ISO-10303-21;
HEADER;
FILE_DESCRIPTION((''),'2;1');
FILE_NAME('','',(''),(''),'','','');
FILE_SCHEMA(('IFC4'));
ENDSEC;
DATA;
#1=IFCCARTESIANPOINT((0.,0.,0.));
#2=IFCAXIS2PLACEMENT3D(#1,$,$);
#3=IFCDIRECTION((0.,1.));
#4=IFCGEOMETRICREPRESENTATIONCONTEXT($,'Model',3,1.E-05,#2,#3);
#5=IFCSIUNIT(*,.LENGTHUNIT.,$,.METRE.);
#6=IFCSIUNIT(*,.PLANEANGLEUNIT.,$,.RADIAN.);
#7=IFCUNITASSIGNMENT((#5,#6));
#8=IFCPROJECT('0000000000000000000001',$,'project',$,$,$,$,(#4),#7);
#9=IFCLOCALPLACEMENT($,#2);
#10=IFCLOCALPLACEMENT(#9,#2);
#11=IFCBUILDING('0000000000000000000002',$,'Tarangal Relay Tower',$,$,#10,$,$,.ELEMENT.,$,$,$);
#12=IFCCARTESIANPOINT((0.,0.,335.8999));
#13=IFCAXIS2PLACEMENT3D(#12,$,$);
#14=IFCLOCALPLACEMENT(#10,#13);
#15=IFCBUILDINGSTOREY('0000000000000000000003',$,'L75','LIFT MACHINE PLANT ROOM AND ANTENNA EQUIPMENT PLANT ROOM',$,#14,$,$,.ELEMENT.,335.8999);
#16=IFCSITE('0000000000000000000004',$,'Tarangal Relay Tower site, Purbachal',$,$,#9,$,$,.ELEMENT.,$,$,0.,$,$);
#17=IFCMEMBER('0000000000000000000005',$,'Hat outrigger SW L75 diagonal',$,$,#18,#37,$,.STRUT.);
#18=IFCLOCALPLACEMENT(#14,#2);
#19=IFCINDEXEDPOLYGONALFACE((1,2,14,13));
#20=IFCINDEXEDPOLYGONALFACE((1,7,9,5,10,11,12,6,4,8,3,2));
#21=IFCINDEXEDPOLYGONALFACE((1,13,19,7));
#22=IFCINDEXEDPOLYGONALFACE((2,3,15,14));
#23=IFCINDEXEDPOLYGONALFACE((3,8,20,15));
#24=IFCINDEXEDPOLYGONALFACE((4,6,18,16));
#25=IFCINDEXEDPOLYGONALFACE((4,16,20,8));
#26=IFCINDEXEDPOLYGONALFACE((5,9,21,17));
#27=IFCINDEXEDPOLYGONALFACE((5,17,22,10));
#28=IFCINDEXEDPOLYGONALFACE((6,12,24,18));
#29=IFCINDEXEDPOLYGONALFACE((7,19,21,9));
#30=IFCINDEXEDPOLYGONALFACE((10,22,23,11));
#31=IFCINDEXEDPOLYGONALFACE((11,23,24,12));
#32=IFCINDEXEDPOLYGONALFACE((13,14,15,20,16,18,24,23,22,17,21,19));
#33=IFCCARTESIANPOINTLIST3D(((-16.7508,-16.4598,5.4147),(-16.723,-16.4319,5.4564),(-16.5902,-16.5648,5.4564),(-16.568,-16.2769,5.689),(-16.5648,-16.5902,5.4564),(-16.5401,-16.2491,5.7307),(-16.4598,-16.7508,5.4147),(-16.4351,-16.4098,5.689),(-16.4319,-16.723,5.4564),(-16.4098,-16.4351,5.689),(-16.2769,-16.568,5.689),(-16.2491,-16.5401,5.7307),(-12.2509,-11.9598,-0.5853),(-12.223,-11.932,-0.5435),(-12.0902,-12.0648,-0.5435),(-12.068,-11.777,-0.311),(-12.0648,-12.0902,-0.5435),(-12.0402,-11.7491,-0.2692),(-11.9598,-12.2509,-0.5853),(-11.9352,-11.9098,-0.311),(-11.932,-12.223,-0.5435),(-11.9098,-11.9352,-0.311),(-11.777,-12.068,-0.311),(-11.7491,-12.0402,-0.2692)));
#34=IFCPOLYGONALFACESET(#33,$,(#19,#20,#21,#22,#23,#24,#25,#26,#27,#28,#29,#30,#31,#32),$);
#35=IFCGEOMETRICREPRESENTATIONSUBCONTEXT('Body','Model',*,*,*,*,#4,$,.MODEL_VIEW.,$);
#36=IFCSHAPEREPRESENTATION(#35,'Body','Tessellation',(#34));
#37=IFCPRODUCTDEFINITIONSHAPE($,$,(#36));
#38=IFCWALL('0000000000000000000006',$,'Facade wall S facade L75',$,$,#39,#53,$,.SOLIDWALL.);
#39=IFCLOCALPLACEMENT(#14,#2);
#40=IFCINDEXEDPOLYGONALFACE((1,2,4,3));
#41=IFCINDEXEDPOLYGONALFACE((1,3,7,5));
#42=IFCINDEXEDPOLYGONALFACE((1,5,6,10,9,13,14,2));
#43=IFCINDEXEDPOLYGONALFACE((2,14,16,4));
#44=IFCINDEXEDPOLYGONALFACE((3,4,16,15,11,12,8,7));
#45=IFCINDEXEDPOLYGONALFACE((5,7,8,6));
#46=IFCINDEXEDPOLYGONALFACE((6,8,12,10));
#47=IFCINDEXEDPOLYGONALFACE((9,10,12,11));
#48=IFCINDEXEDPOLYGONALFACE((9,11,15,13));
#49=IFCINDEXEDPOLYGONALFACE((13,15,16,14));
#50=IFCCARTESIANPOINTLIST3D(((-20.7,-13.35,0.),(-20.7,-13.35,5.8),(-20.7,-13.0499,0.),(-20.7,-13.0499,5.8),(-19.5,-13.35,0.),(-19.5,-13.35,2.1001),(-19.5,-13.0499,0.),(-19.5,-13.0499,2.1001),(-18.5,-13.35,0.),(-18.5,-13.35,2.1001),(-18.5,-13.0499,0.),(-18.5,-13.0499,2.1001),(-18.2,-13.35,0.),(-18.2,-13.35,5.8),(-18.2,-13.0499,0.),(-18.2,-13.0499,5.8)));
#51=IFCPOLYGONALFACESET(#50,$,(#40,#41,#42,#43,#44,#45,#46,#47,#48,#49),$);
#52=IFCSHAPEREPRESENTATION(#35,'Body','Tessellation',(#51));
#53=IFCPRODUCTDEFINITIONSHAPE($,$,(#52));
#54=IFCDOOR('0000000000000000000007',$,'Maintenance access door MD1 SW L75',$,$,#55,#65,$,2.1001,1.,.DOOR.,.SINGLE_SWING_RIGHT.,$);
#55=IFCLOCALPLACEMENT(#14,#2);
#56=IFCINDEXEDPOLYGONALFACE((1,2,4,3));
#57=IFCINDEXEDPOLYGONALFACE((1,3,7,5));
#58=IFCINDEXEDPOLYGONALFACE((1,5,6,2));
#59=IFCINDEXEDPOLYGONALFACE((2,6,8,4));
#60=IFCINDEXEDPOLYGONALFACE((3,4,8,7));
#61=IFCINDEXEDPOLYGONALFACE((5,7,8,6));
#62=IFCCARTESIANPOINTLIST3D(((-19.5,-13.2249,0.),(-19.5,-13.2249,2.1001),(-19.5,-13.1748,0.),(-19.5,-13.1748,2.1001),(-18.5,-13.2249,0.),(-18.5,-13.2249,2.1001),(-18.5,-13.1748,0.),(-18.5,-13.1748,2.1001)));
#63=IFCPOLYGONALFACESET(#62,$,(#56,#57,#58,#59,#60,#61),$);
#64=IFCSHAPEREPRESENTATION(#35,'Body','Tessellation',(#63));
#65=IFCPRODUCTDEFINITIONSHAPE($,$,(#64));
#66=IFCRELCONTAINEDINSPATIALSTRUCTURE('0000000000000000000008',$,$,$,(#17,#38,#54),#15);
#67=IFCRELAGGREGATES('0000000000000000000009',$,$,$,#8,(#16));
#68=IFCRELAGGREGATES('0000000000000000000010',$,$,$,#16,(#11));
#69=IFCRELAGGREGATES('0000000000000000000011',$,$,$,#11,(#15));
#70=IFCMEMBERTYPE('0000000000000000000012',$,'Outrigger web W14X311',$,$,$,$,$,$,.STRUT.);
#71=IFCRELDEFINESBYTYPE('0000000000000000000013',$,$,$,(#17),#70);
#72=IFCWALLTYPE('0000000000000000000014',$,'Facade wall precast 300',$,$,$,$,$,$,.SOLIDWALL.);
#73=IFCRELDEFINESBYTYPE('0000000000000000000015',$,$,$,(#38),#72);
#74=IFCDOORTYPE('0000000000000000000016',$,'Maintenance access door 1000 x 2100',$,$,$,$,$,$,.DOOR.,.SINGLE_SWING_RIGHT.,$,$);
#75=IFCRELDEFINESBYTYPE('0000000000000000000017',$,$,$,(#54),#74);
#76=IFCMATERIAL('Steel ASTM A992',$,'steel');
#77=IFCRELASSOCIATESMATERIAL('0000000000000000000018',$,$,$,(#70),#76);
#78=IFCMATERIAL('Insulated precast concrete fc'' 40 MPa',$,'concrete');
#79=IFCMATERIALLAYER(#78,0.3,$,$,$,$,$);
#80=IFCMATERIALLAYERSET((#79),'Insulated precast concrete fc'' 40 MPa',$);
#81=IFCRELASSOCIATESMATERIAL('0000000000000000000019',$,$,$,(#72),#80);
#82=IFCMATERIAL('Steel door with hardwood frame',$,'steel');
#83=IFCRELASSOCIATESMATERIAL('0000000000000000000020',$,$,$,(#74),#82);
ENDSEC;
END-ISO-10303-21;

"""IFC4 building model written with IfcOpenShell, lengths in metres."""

from ifc_helpers import new_model, si_unit, direction, frame, frame_2d, origin, origin_2d, place, context, subcontext, project, spatial, rectangle, i_section, extrude, material, layer, layer_set, material_profile, profile_set, type_object, element, fill, save


model = new_model("IFC4")

# Units and contexts
model_context = context("Model", 3, precision=1e-05, world=origin(), true_north=direction((0.0, 1.0)))
body_context = subcontext(model_context, "Body", "Model", "MODEL_VIEW")
ifc_project = project(units=[si_unit("LENGTHUNIT", "METRE"), si_unit("PLANEANGLEUNIT", "RADIAN")], contexts=[model_context])

# Site, building, storey
site_placement = place(None, origin())
site = spatial("IfcSite", under=ifc_project, at=site_placement, Name="Tarangal Relay Tower site, Purbachal", CompositionType="ELEMENT", RefElevation=0.0)
building_placement = place(site_placement, origin())
building = spatial("IfcBuilding", under=site, at=building_placement, Name="Tarangal Relay Tower", CompositionType="ELEMENT")
storey_placement = place(building_placement, frame((0.0, 0.0, 335.8999)))
storey = spatial("IfcBuildingStorey", under=building, at=storey_placement, Name="L75", Description="LIFT MACHINE PLANT ROOM AND ANTENNA EQUIPMENT PLANT ROOM", CompositionType="ELEMENT", Elevation=335.8999)

# Shared definitions
ifc_material_1 = material(Name="Steel ASTM A992", Category="steel")

# Member
ifc_material_profile_1 = material_profile(ifc_material_1, i_section(OverallWidth=0.4116, OverallDepth=0.4343, WebThickness=0.0359, FlangeThickness=0.0574, at=origin_2d()), Name="W14X311")
ifc_profile_set_1 = profile_set([ifc_material_profile_1], Name="Steel ASTM A992")
member_type_1 = type_object("IfcMemberType", Name="Outrigger web W14X311", PredefinedType="STRUT", material=ifc_profile_set_1)
member_1_placement = place(storey_placement, frame((-12.0, -12.0, -0.4272), z_axis=(-0.514496, -0.514496, 0.685994), x_axis=(0.707107, -0.707107, 0.0)))
element("IfcMember", 1, at=member_1_placement, inside=storey, type_object=member_type_1, Name="Hat outrigger SW L75 diagonal", PredefinedType="STRUT", context=body_context, shape_type="SweptSolid", body=[
    extrude(i_section(OverallWidth=0.4116, OverallDepth=0.4343, WebThickness=0.0359, FlangeThickness=0.0574, at=origin_2d()), origin(), (0.0, 0.0, 1.0), 8.7463),
])

# Wall, opening, door
ifc_material_2 = material(Name="Insulated precast concrete fc' 40 MPa", Category="concrete")
ifc_layer = layer(ifc_material_2, 0.3)
ifc_layer_set = layer_set([ifc_layer], Name="Insulated precast concrete fc' 40 MPa")
wall_type = type_object("IfcWallType", Name="Facade wall precast 300", PredefinedType="SOLIDWALL", material=ifc_layer_set)
wall_placement = place(storey_placement, frame((-18.2, -13.2, 0.0), z_axis=(0.0, 0.0, 1.0), x_axis=(-1.0, 0.0, 0.0)))
wall = element("IfcWall", 2, at=wall_placement, inside=storey, type_object=wall_type, Name="Facade wall S facade L75", PredefinedType="SOLIDWALL", context=body_context, shape_type="SweptSolid", body=[
    extrude(rectangle(XDim=2.5, YDim=0.3, at=frame_2d((1.25, 0.0))), origin(), (0.0, 0.0, 1.0), 5.8),
])
opening_placement = place(wall_placement, frame((0.3, 0.0, 0.0)))
opening = element("IfcOpeningElement", 3, at=opening_placement, cuts=wall, PredefinedType="OPENING", context=body_context, shape_type="SweptSolid", body=[
    extrude(rectangle(XDim=1.0, YDim=2.1001, at=frame_2d((0.5, 1.05))), frame((0.0, 0.1599, 0.0), z_axis=(0.0, -1.0, 0.0), x_axis=(1.0, 0.0, 0.0)), (0.0, 0.0, 1.0), 0.3201),
])
ifc_material_3 = material(Name="Steel door with hardwood frame", Category="steel")
door_type = type_object("IfcDoorType", Name="Maintenance access door 1000 x 2100", OperationType="SINGLE_SWING_RIGHT", PredefinedType="DOOR", material=ifc_material_3)
door_placement = place(opening_placement, origin())
door = element("IfcDoor", 4, at=door_placement, inside=storey, type_object=door_type, Name="Maintenance access door MD1 SW L75", OperationType="SINGLE_SWING_RIGHT", OverallHeight=2.1001, OverallWidth=1.0, PredefinedType="DOOR", context=body_context, shape_type="SweptSolid", body=[
    extrude(rectangle(XDim=1.0, YDim=2.1001, at=frame_2d((0.5, 1.05))), frame((0.0, 0.0249, 0.0), z_axis=(0.0, -1.0, 0.0), x_axis=(1.0, 0.0, 0.0)), (0.0, 0.0, 1.0), 0.05),
])
fill(opening, door)

save(model, "model.ifc")
